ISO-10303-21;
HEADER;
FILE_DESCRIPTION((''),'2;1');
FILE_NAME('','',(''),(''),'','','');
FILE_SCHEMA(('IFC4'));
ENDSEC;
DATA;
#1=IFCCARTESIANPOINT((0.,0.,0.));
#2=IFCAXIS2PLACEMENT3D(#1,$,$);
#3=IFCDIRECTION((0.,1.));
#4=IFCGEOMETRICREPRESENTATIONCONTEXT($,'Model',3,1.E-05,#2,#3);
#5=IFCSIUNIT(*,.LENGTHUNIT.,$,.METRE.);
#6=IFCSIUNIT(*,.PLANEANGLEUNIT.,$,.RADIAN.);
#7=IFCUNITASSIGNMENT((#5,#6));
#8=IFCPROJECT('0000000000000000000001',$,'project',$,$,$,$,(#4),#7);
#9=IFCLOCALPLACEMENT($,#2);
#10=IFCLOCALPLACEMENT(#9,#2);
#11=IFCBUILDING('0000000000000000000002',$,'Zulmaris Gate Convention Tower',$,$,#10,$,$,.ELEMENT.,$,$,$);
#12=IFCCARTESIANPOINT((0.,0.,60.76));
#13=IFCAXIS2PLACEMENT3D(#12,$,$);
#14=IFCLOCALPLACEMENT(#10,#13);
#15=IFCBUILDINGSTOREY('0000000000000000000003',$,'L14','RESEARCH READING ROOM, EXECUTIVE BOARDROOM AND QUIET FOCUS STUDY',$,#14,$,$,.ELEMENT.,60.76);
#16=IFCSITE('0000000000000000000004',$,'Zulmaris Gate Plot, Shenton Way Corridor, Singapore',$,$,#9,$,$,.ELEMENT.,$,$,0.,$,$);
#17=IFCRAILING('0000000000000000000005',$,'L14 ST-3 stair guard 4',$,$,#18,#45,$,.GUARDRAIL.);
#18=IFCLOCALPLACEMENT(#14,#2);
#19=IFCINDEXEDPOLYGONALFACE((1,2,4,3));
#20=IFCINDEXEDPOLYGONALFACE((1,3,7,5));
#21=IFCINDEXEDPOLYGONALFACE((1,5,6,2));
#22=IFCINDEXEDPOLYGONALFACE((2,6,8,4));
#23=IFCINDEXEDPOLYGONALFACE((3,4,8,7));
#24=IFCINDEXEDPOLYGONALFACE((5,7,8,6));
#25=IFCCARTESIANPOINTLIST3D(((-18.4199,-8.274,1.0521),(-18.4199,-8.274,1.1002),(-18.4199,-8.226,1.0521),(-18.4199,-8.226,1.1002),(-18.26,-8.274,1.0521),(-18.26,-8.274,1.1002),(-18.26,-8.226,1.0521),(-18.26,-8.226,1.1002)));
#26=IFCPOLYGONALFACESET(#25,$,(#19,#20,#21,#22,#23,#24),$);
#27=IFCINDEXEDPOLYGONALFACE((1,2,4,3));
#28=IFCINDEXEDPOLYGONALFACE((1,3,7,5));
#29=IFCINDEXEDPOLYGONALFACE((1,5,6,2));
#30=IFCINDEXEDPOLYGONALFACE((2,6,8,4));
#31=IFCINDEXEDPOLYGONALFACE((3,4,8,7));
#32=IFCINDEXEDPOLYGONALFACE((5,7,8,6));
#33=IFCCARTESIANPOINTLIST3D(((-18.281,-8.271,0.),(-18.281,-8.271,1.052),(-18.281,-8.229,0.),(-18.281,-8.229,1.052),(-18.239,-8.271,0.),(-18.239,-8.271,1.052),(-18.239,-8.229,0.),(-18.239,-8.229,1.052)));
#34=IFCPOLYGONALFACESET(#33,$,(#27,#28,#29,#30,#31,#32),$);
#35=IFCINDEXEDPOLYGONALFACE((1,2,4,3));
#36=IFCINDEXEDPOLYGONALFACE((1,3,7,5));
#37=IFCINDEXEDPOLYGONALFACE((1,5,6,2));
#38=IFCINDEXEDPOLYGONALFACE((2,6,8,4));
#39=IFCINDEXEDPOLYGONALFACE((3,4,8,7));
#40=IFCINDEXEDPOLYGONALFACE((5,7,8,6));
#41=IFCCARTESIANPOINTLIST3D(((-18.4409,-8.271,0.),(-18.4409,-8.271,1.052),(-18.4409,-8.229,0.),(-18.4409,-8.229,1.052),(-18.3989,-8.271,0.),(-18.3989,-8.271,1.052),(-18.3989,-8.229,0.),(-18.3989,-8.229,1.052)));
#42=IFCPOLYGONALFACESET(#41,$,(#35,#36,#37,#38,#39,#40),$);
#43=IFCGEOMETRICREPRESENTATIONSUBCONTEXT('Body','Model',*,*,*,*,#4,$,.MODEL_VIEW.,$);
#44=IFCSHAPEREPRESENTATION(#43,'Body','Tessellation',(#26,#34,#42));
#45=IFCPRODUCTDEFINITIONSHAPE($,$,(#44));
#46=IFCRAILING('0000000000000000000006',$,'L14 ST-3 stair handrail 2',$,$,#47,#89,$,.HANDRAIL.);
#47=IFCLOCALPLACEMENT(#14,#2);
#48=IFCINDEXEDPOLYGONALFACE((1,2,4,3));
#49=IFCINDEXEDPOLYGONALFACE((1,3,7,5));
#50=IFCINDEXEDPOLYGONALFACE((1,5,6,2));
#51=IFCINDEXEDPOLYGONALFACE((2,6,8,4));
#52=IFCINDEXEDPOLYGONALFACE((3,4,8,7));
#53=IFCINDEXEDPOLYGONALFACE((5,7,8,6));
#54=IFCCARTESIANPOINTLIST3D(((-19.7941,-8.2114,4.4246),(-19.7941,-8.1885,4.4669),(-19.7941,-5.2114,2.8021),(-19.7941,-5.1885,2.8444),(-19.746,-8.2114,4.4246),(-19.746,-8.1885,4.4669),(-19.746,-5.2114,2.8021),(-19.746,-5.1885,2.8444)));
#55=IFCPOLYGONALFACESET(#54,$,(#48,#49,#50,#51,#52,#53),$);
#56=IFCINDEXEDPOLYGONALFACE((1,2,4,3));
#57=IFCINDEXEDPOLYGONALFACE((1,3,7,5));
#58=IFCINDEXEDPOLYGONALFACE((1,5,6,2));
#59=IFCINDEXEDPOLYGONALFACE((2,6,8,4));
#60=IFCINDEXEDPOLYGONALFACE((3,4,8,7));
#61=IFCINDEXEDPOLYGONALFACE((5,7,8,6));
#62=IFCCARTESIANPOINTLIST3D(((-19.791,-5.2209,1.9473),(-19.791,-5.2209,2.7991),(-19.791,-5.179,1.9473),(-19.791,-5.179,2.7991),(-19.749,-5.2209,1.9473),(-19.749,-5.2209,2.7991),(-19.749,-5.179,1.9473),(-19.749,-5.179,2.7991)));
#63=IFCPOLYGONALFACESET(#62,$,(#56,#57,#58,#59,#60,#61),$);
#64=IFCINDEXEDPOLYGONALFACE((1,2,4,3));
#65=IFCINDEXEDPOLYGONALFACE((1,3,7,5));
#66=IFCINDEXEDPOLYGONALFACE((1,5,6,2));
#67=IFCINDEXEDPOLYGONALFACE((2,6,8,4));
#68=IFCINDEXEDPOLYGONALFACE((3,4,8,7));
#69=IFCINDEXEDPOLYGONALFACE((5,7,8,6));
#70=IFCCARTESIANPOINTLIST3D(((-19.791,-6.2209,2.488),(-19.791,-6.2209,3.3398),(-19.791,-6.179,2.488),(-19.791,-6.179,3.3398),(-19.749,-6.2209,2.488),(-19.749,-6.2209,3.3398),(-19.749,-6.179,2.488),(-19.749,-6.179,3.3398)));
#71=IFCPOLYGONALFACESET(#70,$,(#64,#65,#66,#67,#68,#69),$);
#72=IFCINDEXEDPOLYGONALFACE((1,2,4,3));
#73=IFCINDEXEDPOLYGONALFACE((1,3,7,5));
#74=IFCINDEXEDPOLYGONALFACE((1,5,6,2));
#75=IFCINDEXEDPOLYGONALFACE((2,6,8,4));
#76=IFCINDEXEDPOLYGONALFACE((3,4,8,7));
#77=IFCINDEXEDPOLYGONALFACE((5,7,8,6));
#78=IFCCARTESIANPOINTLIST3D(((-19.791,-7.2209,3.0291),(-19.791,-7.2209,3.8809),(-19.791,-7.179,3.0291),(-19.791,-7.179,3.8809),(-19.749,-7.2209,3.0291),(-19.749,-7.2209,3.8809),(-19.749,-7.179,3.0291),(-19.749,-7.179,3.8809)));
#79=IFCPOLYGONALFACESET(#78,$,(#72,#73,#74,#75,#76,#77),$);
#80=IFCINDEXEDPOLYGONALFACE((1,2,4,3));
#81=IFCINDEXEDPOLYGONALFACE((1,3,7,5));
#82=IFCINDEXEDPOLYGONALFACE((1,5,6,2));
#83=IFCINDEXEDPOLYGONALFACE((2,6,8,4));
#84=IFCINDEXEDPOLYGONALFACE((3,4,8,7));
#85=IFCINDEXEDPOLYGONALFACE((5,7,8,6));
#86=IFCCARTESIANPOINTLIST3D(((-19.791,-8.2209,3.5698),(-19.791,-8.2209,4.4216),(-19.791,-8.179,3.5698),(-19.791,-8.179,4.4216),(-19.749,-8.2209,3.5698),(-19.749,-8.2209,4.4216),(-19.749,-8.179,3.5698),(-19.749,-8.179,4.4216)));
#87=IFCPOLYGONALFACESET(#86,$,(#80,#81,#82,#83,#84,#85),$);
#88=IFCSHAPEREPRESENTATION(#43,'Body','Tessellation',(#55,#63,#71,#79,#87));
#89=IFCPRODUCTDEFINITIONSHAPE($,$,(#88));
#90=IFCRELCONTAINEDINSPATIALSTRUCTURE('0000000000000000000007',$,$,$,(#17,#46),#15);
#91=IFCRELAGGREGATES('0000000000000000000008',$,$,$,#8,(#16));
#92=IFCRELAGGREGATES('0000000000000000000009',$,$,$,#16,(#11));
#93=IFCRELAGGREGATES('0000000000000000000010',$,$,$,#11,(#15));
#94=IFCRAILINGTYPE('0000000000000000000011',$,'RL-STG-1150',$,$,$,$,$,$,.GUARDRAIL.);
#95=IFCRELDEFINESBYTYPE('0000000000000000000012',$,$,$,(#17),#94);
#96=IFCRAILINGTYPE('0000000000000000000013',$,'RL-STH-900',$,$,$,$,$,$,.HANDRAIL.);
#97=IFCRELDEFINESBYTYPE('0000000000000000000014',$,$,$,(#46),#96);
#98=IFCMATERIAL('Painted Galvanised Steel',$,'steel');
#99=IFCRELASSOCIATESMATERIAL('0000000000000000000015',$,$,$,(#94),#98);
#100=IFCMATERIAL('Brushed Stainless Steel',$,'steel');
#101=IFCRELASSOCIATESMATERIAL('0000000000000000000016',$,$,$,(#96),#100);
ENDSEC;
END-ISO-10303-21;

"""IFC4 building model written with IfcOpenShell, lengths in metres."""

from ifc_helpers import new_model, si_unit, direction, frame, origin, origin_2d, place, context, subcontext, project, spatial, rectangle, extrude, material, type_object, element, save


model = new_model("IFC4")

# Units and contexts
model_context = context("Model", 3, precision=1e-05, world=origin(), true_north=direction((0.0, 1.0)))
body_context = subcontext(model_context, "Body", "Model", "MODEL_VIEW")
ifc_project = project(units=[si_unit("LENGTHUNIT", "METRE"), si_unit("PLANEANGLEUNIT", "RADIAN")], contexts=[model_context])

# Site, building, storey
site_placement = place(None, origin())
site = spatial("IfcSite", under=ifc_project, at=site_placement, Name="Zulmaris Gate Plot, Shenton Way Corridor, Singapore", CompositionType="ELEMENT", RefElevation=0.0)
building_placement = place(site_placement, origin())
building = spatial("IfcBuilding", under=site, at=building_placement, Name="Zulmaris Gate Convention Tower", CompositionType="ELEMENT")
storey_placement = place(building_placement, frame((0.0, 0.0, 60.76)))
storey = spatial("IfcBuildingStorey", under=building, at=storey_placement, Name="L14", Description="RESEARCH READING ROOM, EXECUTIVE BOARDROOM AND QUIET FOCUS STUDY", CompositionType="ELEMENT", Elevation=60.76)

# Shared definitions
ifc_material_1 = material(Name="Brushed Stainless Steel", Category="steel")

# Railings
ifc_material_2 = material(Name="Painted Galvanised Steel", Category="steel")
railing_type_1 = type_object("IfcRailingType", Name="RL-STG-1150", PredefinedType="GUARDRAIL", material=ifc_material_2)
railing_1_placement = place(storey_placement, frame((-18.26, -8.25, 0.0)))
element("IfcRailing", 1, at=railing_1_placement, inside=storey, type_object=railing_type_1, Name="L14 ST-3 stair guard 4", PredefinedType="GUARDRAIL", context=body_context, shape_type="SweptSolid", body=[
    extrude(rectangle(XDim=0.0481, YDim=0.0481, at=origin_2d()), frame((0.0, 0.0, 1.0762), z_axis=(-1.0, 0.0, 0.0), x_axis=(0.0, -1.0, 0.0)), (0.0, 0.0, 1.0), 0.1599),
    extrude(rectangle(XDim=0.042, YDim=0.042, at=origin_2d()), origin(), (0.0, 0.0, 1.0), 1.052),
    extrude(rectangle(XDim=0.042, YDim=0.042, at=origin_2d()), frame((-0.1599, 0.0, 0.0)), (0.0, 0.0, 1.0), 1.052),
])
railing_type_2 = type_object("IfcRailingType", Name="RL-STH-900", PredefinedType="HANDRAIL", material=ifc_material_1)
railing_2_placement = place(storey_placement, frame((-19.77, -5.2, 1.9473)))
element("IfcRailing", 2, at=railing_2_placement, inside=storey, type_object=railing_type_2, Name="L14 ST-3 stair handrail 2", PredefinedType="HANDRAIL", context=body_context, shape_type="SweptSolid", body=[
    extrude(rectangle(XDim=0.0481, YDim=0.0481, at=origin_2d()), frame((0.0, 0.0, 0.876), z_axis=(0.0, -0.879592, 0.47573), x_axis=(1.0, 0.0, 0.0)), (0.0, 0.0, 1.0), 3.4106),
    extrude(rectangle(XDim=0.042, YDim=0.042, at=origin_2d()), origin(), (0.0, 0.0, 1.0), 0.8518),
    extrude(rectangle(XDim=0.042, YDim=0.042, at=origin_2d()), frame((0.0, -1.0, 0.5408)), (0.0, 0.0, 1.0), 0.8518),
    extrude(rectangle(XDim=0.042, YDim=0.042, at=origin_2d()), frame((0.0, -2.0, 1.0818)), (0.0, 0.0, 1.0), 0.8518),
    extrude(rectangle(XDim=0.042, YDim=0.042, at=origin_2d()), frame((0.0, -3.0, 1.6226)), (0.0, 0.0, 1.0), 0.8518),
])

save(model, "model.ifc")
